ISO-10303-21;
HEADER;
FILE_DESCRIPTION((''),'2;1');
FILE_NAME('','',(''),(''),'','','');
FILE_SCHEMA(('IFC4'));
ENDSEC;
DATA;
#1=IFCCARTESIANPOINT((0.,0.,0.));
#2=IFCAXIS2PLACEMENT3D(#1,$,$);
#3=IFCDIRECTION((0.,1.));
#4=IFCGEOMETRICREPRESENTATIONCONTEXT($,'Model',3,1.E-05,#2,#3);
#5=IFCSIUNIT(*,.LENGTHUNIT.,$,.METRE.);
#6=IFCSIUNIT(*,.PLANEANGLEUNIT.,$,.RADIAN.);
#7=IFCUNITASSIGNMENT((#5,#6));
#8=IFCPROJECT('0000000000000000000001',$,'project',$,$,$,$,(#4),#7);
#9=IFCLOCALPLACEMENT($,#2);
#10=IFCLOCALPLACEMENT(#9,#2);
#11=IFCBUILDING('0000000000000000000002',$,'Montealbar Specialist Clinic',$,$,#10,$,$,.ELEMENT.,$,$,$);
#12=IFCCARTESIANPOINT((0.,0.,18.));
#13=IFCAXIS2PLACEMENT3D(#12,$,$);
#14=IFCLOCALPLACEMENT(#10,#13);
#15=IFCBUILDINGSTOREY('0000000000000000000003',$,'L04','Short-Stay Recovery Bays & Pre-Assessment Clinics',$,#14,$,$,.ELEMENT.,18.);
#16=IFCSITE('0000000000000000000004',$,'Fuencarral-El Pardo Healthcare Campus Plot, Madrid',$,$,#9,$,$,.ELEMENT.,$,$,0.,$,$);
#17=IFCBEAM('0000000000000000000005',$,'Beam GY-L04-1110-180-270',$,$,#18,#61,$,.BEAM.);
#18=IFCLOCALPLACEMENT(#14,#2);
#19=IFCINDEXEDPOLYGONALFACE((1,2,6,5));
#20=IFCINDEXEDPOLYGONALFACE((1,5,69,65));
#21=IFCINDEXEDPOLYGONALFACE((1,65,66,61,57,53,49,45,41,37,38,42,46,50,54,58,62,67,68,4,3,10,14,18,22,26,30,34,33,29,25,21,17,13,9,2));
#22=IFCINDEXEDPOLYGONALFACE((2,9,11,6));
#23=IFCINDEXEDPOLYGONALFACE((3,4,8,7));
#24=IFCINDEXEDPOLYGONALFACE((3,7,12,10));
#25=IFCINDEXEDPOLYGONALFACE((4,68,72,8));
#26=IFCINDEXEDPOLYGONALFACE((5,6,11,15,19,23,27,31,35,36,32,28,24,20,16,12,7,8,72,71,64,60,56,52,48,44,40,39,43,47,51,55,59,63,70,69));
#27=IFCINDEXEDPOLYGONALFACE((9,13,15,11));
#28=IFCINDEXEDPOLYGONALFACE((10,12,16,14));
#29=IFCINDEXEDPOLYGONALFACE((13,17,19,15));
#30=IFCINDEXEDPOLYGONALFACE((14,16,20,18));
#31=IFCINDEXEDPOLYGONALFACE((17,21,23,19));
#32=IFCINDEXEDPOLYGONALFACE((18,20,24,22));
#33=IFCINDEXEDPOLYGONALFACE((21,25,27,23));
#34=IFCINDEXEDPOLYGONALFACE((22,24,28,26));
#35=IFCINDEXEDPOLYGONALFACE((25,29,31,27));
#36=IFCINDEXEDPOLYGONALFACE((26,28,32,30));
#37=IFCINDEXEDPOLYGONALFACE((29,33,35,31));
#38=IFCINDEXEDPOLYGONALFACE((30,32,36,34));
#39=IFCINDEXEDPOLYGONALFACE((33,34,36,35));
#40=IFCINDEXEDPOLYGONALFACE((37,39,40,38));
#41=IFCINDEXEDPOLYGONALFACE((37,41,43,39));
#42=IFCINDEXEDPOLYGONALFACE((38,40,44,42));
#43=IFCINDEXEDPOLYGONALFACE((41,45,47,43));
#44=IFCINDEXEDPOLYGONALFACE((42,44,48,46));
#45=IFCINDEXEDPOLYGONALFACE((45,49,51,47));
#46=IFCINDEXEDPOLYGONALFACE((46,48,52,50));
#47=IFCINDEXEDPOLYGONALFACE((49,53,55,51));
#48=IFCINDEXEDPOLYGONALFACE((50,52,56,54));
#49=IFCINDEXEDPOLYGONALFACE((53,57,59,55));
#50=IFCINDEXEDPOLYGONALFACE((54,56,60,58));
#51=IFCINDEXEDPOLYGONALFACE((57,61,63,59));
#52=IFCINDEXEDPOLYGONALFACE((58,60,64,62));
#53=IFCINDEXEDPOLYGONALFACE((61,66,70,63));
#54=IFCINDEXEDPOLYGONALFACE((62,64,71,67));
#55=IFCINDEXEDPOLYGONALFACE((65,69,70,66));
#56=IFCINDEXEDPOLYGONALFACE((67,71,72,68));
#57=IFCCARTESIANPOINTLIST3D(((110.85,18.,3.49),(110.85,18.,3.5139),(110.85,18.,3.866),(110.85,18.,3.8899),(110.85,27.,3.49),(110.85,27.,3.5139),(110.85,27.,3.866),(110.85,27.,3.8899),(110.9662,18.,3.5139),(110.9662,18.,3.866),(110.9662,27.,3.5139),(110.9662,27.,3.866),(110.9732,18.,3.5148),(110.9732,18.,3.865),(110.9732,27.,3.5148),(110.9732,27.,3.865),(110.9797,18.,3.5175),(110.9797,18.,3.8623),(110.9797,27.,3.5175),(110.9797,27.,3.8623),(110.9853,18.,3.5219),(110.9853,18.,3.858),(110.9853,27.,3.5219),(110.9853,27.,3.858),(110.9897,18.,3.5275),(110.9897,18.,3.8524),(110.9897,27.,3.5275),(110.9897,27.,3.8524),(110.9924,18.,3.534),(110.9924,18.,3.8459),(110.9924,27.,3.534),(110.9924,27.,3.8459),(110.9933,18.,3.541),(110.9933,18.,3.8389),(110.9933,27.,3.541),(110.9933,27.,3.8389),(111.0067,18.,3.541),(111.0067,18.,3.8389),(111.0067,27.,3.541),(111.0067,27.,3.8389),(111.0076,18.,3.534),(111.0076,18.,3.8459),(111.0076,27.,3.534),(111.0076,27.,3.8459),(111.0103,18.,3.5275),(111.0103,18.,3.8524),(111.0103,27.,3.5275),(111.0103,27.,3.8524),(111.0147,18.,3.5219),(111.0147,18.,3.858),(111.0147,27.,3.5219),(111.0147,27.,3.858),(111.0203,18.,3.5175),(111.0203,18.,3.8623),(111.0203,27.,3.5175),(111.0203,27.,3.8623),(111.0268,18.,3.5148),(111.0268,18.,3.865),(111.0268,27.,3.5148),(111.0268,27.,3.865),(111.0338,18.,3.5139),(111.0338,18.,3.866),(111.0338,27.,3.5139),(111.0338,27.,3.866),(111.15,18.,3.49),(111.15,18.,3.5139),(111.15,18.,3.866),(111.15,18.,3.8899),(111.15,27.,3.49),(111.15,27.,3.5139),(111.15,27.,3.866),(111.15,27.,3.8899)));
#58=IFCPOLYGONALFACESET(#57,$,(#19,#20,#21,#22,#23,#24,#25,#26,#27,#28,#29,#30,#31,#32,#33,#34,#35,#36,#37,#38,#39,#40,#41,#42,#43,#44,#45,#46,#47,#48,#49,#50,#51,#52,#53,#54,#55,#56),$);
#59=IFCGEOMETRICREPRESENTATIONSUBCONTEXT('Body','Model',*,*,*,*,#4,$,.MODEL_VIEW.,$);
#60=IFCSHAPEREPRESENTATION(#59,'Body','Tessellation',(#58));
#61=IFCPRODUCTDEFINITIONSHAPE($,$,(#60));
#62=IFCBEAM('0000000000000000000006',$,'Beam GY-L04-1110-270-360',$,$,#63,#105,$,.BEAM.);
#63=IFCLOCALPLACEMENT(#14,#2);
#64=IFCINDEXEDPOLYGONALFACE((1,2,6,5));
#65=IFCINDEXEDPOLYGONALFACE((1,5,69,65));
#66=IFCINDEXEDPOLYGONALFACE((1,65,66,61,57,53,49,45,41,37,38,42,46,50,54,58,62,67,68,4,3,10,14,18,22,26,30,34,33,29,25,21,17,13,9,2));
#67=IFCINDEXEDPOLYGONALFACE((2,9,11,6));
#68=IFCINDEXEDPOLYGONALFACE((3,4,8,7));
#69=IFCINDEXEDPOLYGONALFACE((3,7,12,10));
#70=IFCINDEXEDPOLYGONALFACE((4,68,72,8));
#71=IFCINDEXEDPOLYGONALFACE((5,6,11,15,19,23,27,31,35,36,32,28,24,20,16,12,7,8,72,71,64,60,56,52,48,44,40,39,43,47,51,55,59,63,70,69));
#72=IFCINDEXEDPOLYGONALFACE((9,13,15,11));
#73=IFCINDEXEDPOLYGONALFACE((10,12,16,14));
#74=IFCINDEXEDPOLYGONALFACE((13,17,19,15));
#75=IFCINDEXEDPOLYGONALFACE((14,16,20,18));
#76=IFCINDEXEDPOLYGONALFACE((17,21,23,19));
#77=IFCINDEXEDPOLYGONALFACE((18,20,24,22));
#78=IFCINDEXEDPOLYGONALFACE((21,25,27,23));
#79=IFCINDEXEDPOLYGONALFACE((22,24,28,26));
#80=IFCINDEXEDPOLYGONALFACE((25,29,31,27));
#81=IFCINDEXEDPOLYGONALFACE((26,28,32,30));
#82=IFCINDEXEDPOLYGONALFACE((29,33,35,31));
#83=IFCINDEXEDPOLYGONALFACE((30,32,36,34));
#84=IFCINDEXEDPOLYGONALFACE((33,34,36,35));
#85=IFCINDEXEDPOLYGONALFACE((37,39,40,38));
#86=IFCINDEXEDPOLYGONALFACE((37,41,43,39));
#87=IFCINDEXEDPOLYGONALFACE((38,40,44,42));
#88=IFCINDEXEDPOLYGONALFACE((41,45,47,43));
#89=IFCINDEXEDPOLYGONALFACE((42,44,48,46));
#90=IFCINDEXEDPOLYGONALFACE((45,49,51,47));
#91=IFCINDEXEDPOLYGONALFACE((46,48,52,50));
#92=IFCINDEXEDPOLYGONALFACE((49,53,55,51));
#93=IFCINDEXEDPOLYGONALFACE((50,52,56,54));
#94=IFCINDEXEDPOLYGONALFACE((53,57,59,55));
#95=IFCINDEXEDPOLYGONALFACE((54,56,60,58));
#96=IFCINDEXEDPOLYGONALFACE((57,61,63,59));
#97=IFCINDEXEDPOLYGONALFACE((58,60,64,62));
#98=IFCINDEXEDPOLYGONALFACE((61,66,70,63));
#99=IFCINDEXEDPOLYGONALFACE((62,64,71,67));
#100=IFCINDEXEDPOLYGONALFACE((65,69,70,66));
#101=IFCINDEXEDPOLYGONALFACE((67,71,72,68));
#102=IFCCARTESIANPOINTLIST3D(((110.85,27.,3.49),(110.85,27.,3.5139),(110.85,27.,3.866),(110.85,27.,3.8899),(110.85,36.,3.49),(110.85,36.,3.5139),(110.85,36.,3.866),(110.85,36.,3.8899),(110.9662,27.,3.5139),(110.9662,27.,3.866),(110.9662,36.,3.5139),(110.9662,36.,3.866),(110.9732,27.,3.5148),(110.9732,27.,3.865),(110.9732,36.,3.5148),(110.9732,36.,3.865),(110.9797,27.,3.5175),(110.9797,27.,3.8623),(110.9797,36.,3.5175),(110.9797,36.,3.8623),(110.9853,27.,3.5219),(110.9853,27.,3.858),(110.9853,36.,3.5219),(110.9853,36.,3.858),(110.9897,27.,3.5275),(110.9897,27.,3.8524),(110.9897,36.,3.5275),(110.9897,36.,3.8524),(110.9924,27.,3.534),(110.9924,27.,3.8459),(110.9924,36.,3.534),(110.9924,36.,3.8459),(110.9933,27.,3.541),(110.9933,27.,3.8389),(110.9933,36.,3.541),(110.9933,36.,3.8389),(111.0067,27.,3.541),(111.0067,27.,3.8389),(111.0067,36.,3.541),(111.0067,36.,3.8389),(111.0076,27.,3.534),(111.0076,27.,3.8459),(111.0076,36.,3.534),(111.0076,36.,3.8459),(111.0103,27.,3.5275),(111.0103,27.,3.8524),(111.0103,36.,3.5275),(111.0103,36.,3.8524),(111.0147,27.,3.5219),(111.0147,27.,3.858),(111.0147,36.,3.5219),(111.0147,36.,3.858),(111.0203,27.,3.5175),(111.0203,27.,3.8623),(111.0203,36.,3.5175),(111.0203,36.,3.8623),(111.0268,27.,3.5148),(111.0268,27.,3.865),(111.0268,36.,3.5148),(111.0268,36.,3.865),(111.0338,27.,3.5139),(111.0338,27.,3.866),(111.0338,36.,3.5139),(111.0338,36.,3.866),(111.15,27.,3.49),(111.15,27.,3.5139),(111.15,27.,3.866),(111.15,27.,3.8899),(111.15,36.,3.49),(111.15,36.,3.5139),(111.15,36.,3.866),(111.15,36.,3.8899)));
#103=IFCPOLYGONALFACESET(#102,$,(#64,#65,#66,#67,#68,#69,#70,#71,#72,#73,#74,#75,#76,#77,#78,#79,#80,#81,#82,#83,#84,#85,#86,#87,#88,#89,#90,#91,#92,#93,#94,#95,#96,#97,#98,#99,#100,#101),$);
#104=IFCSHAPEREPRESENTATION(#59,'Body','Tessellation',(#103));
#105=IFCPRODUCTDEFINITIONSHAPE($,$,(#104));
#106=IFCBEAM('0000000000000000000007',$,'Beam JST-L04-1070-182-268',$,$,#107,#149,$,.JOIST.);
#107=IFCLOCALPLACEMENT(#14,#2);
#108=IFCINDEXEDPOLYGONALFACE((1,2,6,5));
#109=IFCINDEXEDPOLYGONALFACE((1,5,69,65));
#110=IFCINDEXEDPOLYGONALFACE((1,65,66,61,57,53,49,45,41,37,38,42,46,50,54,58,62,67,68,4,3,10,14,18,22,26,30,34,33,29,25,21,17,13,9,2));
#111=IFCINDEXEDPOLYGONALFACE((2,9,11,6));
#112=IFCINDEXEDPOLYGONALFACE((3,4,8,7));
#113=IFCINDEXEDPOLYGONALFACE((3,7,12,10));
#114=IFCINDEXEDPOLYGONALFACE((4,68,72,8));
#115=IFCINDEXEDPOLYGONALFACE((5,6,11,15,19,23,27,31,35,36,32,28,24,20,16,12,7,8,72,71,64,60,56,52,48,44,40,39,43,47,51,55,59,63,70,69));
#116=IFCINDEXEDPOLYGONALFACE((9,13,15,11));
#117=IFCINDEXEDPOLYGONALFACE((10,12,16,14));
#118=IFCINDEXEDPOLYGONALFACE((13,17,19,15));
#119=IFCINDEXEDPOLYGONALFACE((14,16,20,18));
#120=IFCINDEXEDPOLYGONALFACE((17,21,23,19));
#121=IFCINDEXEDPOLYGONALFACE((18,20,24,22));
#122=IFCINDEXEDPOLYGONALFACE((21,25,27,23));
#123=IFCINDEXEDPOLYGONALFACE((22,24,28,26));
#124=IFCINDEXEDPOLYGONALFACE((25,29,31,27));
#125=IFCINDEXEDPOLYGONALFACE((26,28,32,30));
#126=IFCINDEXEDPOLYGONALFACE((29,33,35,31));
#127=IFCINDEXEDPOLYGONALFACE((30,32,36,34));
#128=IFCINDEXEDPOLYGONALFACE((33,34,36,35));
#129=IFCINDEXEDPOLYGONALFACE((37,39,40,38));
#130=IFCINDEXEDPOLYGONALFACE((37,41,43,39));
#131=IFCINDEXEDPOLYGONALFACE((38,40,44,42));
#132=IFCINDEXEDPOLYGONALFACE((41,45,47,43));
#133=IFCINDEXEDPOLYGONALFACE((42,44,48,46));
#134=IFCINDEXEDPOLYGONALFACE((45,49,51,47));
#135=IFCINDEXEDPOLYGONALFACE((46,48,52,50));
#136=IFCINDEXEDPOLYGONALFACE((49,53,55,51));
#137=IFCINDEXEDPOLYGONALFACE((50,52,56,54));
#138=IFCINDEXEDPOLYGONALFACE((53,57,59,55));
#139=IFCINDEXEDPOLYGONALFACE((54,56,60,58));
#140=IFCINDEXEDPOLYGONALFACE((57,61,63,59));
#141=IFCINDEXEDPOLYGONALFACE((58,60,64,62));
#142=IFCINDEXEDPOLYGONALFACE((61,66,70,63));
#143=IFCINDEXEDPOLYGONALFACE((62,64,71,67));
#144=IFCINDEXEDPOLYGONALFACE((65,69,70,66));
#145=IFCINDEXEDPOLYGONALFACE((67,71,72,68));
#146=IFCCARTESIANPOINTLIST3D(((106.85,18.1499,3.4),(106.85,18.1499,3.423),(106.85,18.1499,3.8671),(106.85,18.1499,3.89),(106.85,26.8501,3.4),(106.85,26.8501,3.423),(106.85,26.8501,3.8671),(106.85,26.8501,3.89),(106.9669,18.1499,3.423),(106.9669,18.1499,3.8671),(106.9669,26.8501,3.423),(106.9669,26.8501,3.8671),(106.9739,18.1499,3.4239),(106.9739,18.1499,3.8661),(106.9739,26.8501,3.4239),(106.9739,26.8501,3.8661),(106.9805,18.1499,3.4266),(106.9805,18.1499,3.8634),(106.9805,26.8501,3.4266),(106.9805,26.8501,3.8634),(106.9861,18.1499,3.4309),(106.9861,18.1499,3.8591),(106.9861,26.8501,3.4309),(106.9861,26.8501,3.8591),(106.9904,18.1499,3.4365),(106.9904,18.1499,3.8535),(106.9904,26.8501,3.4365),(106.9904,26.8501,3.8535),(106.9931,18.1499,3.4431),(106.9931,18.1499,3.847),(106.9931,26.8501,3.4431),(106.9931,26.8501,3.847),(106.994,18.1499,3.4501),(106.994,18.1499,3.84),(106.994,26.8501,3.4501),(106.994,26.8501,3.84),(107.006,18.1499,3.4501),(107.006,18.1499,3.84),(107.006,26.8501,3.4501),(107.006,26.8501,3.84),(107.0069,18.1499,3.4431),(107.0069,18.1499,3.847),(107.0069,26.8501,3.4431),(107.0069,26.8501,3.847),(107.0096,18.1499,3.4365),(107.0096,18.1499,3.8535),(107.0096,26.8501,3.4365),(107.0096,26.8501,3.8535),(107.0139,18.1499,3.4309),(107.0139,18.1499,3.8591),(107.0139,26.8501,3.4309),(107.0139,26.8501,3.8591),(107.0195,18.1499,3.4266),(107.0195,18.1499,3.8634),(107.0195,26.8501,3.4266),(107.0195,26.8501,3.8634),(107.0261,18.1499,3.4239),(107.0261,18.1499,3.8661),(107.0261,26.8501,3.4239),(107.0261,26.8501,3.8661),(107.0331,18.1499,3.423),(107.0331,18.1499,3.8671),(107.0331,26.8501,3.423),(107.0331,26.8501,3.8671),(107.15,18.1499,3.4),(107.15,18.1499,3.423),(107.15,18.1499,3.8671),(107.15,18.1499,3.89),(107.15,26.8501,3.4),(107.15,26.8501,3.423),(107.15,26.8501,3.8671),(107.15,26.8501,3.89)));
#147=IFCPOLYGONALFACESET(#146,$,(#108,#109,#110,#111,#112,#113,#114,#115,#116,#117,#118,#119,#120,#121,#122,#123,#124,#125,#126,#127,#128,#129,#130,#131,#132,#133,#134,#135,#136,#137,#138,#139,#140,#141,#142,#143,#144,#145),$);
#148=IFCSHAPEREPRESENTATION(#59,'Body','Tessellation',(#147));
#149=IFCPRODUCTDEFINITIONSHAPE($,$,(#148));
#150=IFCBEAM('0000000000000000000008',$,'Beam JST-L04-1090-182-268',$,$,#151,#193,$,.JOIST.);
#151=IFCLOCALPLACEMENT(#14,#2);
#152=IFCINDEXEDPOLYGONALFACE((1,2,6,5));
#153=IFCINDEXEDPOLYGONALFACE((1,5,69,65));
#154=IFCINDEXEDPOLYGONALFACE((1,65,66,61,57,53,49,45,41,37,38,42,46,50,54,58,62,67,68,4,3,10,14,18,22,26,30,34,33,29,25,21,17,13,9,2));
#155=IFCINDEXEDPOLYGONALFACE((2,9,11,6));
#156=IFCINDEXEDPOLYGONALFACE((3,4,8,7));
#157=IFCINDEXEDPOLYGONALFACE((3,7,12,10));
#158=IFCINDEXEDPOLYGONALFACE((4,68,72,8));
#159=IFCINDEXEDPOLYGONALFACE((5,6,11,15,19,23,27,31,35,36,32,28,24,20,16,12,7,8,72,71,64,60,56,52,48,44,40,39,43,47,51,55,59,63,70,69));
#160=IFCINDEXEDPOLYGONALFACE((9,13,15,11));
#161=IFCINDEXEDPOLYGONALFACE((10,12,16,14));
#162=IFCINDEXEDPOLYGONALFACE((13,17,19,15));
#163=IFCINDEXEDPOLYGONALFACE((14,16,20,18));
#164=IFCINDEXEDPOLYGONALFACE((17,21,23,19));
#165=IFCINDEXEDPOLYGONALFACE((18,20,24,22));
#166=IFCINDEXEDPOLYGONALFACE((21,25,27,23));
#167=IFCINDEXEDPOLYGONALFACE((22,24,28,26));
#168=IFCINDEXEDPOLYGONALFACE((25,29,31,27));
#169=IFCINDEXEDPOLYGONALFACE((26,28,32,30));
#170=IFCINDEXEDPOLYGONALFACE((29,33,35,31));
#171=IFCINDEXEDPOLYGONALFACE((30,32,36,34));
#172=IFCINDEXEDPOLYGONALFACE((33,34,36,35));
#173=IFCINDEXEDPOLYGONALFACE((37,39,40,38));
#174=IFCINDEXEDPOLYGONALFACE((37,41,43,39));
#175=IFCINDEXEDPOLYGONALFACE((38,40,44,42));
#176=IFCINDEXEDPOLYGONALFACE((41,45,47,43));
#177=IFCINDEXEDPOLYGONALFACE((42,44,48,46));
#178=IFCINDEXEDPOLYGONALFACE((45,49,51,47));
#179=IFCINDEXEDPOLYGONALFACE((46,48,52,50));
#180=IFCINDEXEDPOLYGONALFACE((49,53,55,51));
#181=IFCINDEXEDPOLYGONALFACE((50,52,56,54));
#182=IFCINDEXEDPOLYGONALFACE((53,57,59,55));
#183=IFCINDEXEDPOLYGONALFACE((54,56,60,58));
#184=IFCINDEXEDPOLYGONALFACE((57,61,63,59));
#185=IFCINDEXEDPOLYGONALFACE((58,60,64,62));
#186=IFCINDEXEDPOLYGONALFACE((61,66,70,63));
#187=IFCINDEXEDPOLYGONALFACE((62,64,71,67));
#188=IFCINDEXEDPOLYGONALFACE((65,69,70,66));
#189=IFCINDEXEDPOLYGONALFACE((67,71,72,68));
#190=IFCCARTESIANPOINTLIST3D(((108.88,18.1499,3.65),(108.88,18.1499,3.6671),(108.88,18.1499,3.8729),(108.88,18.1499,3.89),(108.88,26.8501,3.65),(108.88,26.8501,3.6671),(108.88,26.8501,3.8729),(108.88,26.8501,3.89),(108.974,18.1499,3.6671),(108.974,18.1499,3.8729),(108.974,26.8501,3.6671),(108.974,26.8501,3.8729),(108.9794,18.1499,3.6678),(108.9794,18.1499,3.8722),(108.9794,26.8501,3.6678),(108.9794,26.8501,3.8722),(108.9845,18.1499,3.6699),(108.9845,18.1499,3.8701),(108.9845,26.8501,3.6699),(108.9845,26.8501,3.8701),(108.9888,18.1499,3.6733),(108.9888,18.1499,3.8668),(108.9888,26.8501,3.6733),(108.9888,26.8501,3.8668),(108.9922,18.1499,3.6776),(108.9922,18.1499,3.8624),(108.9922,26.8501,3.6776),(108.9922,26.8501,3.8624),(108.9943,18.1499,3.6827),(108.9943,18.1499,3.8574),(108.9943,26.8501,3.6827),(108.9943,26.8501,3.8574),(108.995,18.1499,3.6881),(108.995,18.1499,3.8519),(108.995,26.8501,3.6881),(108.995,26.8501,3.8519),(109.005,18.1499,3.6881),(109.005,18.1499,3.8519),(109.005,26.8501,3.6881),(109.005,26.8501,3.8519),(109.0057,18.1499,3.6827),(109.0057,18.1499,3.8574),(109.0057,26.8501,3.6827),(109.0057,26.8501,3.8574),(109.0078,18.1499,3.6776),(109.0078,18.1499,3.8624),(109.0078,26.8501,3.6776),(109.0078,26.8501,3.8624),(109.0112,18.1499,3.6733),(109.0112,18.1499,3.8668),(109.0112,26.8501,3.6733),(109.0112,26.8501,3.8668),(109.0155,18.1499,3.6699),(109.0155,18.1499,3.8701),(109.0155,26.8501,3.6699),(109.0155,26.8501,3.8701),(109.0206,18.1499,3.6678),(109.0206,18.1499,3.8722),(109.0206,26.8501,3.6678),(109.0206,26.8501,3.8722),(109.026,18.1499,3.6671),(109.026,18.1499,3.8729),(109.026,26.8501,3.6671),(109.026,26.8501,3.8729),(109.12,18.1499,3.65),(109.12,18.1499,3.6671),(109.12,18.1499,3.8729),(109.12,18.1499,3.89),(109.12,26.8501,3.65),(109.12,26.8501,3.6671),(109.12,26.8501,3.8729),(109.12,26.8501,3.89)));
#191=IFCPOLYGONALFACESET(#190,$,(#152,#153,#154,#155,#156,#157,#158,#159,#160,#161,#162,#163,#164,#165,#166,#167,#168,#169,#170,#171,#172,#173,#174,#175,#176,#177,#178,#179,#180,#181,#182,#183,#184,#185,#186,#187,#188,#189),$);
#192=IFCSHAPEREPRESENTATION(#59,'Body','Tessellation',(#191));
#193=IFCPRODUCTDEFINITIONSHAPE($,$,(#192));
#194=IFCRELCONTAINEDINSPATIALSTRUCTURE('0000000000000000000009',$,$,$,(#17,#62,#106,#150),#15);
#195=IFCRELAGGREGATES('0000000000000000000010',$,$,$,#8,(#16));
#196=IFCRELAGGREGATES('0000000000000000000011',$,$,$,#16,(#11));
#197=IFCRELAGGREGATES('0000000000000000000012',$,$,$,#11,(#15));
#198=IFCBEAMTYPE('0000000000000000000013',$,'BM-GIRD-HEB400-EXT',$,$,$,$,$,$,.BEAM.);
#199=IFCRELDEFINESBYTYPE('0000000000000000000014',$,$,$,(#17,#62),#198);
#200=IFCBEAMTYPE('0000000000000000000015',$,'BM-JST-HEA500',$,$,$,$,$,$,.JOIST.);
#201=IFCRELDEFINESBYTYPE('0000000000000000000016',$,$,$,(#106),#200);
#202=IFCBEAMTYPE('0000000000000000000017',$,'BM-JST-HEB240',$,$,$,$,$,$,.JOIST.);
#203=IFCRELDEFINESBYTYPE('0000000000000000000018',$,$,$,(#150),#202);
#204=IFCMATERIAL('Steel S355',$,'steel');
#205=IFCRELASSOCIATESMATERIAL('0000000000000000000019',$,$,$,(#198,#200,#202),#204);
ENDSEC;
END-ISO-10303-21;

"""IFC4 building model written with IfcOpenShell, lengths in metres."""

from ifc_helpers import new_model, si_unit, direction, frame, origin, origin_2d, place, context, subcontext, project, spatial, i_section, extrude, material, material_profile, profile_set, type_object, element, save


model = new_model("IFC4")

# Units and contexts
model_context = context("Model", 3, precision=1e-05, world=origin(), true_north=direction((0.0, 1.0)))
body_context = subcontext(model_context, "Body", "Model", "MODEL_VIEW")
ifc_project = project(units=[si_unit("LENGTHUNIT", "METRE"), si_unit("PLANEANGLEUNIT", "RADIAN")], contexts=[model_context])

# Site, building, storey
site_placement = place(None, origin())
site = spatial("IfcSite", under=ifc_project, at=site_placement, Name="Fuencarral-El Pardo Healthcare Campus Plot, Madrid", CompositionType="ELEMENT", RefElevation=0.0)
building_placement = place(site_placement, origin())
building = spatial("IfcBuilding", under=site, at=building_placement, Name="Montealbar Specialist Clinic", CompositionType="ELEMENT")
storey_placement = place(building_placement, frame((0.0, 0.0, 18.0)))
storey = spatial("IfcBuildingStorey", under=building, at=storey_placement, Name="L04", Description="Short-Stay Recovery Bays & Pre-Assessment Clinics", CompositionType="ELEMENT", Elevation=18.0)

# Shared definitions
ifc_material_1 = material(Name="Steel S355", Category="steel")

# Beams
ifc_material_profile_1 = material_profile(ifc_material_1, i_section(OverallWidth=0.3, OverallDepth=0.3999, WebThickness=0.0134, FlangeThickness=0.0239, FilletRadius=0.0271, at=origin_2d()), Name="HEB 400", Category="steel")
ifc_profile_set_1 = profile_set([ifc_material_profile_1], Name="Steel S355")
beam_type_1 = type_object("IfcBeamType", Name="BM-GIRD-HEB400-EXT", PredefinedType="BEAM", material=ifc_profile_set_1)
for number, where, z_axis, x_axis, name in (
    (1, (111.0, 18.0, 3.6899), (0.0, 1.0, 0.0), (-1.0, 0.0, 0.0), "Beam GY-L04-1110-180-270"),
    (2, (111.0, 27.0, 3.6899), (0.0, 1.0, 0.0), (-1.0, 0.0, 0.0), "Beam GY-L04-1110-270-360"),
):
    element("IfcBeam", number, at=place(storey_placement, frame(where, z_axis=z_axis, x_axis=x_axis)), inside=storey, type_object=beam_type_1, Name=name, PredefinedType="BEAM", context=body_context, shape_type="SweptSolid", body=[
        extrude(i_section(OverallWidth=0.3, OverallDepth=0.3999, WebThickness=0.0134, FlangeThickness=0.0239, FilletRadius=0.0271, at=origin_2d()), origin(), (0.0, 0.0, 1.0), 9.0),
    ])
ifc_material_profile_2 = material_profile(ifc_material_1, i_section(OverallWidth=0.3, OverallDepth=0.49, WebThickness=0.012, FlangeThickness=0.0229, FilletRadius=0.0271, at=origin_2d()), Name="HEA 500", Category="steel")
ifc_profile_set_2 = profile_set([ifc_material_profile_2], Name="Steel S355")
beam_type_2 = type_object("IfcBeamType", Name="BM-JST-HEA500", PredefinedType="JOIST", material=ifc_profile_set_2)
beam_1_placement = place(storey_placement, frame((107.0, 18.1499, 3.645), z_axis=(0.0, 1.0, 0.0), x_axis=(-1.0, 0.0, 0.0)))
element("IfcBeam", 3, at=beam_1_placement, inside=storey, type_object=beam_type_2, Name="Beam JST-L04-1070-182-268", PredefinedType="JOIST", context=body_context, shape_type="SweptSolid", body=[
    extrude(i_section(OverallWidth=0.3, OverallDepth=0.49, WebThickness=0.012, FlangeThickness=0.0229, FilletRadius=0.0271, at=origin_2d()), origin(), (0.0, 0.0, 1.0), 8.7002),
])
ifc_material_profile_3 = material_profile(ifc_material_1, i_section(OverallWidth=0.24, OverallDepth=0.24, WebThickness=0.01, FlangeThickness=0.0171, FilletRadius=0.021, at=origin_2d()), Name="HEB 240", Category="steel")
ifc_profile_set_3 = profile_set([ifc_material_profile_3], Name="Steel S355")
beam_type_3 = type_object("IfcBeamType", Name="BM-JST-HEB240", PredefinedType="JOIST", material=ifc_profile_set_3)
for number, where, z_axis, x_axis, name in (
    (4, (109.0, 18.1499, 3.77), (0.0, 1.0, 0.0), (-1.0, 0.0, 0.0), "Beam JST-L04-1090-182-268"),
):
    element("IfcBeam", number, at=place(storey_placement, frame(where, z_axis=z_axis, x_axis=x_axis)), inside=storey, type_object=beam_type_3, Name=name, PredefinedType="JOIST", context=body_context, shape_type="SweptSolid", body=[
        extrude(i_section(OverallWidth=0.24, OverallDepth=0.24, WebThickness=0.01, FlangeThickness=0.0171, FilletRadius=0.021, at=origin_2d()), origin(), (0.0, 0.0, 1.0), 8.7002),
    ])

save(model, "model.ifc")
